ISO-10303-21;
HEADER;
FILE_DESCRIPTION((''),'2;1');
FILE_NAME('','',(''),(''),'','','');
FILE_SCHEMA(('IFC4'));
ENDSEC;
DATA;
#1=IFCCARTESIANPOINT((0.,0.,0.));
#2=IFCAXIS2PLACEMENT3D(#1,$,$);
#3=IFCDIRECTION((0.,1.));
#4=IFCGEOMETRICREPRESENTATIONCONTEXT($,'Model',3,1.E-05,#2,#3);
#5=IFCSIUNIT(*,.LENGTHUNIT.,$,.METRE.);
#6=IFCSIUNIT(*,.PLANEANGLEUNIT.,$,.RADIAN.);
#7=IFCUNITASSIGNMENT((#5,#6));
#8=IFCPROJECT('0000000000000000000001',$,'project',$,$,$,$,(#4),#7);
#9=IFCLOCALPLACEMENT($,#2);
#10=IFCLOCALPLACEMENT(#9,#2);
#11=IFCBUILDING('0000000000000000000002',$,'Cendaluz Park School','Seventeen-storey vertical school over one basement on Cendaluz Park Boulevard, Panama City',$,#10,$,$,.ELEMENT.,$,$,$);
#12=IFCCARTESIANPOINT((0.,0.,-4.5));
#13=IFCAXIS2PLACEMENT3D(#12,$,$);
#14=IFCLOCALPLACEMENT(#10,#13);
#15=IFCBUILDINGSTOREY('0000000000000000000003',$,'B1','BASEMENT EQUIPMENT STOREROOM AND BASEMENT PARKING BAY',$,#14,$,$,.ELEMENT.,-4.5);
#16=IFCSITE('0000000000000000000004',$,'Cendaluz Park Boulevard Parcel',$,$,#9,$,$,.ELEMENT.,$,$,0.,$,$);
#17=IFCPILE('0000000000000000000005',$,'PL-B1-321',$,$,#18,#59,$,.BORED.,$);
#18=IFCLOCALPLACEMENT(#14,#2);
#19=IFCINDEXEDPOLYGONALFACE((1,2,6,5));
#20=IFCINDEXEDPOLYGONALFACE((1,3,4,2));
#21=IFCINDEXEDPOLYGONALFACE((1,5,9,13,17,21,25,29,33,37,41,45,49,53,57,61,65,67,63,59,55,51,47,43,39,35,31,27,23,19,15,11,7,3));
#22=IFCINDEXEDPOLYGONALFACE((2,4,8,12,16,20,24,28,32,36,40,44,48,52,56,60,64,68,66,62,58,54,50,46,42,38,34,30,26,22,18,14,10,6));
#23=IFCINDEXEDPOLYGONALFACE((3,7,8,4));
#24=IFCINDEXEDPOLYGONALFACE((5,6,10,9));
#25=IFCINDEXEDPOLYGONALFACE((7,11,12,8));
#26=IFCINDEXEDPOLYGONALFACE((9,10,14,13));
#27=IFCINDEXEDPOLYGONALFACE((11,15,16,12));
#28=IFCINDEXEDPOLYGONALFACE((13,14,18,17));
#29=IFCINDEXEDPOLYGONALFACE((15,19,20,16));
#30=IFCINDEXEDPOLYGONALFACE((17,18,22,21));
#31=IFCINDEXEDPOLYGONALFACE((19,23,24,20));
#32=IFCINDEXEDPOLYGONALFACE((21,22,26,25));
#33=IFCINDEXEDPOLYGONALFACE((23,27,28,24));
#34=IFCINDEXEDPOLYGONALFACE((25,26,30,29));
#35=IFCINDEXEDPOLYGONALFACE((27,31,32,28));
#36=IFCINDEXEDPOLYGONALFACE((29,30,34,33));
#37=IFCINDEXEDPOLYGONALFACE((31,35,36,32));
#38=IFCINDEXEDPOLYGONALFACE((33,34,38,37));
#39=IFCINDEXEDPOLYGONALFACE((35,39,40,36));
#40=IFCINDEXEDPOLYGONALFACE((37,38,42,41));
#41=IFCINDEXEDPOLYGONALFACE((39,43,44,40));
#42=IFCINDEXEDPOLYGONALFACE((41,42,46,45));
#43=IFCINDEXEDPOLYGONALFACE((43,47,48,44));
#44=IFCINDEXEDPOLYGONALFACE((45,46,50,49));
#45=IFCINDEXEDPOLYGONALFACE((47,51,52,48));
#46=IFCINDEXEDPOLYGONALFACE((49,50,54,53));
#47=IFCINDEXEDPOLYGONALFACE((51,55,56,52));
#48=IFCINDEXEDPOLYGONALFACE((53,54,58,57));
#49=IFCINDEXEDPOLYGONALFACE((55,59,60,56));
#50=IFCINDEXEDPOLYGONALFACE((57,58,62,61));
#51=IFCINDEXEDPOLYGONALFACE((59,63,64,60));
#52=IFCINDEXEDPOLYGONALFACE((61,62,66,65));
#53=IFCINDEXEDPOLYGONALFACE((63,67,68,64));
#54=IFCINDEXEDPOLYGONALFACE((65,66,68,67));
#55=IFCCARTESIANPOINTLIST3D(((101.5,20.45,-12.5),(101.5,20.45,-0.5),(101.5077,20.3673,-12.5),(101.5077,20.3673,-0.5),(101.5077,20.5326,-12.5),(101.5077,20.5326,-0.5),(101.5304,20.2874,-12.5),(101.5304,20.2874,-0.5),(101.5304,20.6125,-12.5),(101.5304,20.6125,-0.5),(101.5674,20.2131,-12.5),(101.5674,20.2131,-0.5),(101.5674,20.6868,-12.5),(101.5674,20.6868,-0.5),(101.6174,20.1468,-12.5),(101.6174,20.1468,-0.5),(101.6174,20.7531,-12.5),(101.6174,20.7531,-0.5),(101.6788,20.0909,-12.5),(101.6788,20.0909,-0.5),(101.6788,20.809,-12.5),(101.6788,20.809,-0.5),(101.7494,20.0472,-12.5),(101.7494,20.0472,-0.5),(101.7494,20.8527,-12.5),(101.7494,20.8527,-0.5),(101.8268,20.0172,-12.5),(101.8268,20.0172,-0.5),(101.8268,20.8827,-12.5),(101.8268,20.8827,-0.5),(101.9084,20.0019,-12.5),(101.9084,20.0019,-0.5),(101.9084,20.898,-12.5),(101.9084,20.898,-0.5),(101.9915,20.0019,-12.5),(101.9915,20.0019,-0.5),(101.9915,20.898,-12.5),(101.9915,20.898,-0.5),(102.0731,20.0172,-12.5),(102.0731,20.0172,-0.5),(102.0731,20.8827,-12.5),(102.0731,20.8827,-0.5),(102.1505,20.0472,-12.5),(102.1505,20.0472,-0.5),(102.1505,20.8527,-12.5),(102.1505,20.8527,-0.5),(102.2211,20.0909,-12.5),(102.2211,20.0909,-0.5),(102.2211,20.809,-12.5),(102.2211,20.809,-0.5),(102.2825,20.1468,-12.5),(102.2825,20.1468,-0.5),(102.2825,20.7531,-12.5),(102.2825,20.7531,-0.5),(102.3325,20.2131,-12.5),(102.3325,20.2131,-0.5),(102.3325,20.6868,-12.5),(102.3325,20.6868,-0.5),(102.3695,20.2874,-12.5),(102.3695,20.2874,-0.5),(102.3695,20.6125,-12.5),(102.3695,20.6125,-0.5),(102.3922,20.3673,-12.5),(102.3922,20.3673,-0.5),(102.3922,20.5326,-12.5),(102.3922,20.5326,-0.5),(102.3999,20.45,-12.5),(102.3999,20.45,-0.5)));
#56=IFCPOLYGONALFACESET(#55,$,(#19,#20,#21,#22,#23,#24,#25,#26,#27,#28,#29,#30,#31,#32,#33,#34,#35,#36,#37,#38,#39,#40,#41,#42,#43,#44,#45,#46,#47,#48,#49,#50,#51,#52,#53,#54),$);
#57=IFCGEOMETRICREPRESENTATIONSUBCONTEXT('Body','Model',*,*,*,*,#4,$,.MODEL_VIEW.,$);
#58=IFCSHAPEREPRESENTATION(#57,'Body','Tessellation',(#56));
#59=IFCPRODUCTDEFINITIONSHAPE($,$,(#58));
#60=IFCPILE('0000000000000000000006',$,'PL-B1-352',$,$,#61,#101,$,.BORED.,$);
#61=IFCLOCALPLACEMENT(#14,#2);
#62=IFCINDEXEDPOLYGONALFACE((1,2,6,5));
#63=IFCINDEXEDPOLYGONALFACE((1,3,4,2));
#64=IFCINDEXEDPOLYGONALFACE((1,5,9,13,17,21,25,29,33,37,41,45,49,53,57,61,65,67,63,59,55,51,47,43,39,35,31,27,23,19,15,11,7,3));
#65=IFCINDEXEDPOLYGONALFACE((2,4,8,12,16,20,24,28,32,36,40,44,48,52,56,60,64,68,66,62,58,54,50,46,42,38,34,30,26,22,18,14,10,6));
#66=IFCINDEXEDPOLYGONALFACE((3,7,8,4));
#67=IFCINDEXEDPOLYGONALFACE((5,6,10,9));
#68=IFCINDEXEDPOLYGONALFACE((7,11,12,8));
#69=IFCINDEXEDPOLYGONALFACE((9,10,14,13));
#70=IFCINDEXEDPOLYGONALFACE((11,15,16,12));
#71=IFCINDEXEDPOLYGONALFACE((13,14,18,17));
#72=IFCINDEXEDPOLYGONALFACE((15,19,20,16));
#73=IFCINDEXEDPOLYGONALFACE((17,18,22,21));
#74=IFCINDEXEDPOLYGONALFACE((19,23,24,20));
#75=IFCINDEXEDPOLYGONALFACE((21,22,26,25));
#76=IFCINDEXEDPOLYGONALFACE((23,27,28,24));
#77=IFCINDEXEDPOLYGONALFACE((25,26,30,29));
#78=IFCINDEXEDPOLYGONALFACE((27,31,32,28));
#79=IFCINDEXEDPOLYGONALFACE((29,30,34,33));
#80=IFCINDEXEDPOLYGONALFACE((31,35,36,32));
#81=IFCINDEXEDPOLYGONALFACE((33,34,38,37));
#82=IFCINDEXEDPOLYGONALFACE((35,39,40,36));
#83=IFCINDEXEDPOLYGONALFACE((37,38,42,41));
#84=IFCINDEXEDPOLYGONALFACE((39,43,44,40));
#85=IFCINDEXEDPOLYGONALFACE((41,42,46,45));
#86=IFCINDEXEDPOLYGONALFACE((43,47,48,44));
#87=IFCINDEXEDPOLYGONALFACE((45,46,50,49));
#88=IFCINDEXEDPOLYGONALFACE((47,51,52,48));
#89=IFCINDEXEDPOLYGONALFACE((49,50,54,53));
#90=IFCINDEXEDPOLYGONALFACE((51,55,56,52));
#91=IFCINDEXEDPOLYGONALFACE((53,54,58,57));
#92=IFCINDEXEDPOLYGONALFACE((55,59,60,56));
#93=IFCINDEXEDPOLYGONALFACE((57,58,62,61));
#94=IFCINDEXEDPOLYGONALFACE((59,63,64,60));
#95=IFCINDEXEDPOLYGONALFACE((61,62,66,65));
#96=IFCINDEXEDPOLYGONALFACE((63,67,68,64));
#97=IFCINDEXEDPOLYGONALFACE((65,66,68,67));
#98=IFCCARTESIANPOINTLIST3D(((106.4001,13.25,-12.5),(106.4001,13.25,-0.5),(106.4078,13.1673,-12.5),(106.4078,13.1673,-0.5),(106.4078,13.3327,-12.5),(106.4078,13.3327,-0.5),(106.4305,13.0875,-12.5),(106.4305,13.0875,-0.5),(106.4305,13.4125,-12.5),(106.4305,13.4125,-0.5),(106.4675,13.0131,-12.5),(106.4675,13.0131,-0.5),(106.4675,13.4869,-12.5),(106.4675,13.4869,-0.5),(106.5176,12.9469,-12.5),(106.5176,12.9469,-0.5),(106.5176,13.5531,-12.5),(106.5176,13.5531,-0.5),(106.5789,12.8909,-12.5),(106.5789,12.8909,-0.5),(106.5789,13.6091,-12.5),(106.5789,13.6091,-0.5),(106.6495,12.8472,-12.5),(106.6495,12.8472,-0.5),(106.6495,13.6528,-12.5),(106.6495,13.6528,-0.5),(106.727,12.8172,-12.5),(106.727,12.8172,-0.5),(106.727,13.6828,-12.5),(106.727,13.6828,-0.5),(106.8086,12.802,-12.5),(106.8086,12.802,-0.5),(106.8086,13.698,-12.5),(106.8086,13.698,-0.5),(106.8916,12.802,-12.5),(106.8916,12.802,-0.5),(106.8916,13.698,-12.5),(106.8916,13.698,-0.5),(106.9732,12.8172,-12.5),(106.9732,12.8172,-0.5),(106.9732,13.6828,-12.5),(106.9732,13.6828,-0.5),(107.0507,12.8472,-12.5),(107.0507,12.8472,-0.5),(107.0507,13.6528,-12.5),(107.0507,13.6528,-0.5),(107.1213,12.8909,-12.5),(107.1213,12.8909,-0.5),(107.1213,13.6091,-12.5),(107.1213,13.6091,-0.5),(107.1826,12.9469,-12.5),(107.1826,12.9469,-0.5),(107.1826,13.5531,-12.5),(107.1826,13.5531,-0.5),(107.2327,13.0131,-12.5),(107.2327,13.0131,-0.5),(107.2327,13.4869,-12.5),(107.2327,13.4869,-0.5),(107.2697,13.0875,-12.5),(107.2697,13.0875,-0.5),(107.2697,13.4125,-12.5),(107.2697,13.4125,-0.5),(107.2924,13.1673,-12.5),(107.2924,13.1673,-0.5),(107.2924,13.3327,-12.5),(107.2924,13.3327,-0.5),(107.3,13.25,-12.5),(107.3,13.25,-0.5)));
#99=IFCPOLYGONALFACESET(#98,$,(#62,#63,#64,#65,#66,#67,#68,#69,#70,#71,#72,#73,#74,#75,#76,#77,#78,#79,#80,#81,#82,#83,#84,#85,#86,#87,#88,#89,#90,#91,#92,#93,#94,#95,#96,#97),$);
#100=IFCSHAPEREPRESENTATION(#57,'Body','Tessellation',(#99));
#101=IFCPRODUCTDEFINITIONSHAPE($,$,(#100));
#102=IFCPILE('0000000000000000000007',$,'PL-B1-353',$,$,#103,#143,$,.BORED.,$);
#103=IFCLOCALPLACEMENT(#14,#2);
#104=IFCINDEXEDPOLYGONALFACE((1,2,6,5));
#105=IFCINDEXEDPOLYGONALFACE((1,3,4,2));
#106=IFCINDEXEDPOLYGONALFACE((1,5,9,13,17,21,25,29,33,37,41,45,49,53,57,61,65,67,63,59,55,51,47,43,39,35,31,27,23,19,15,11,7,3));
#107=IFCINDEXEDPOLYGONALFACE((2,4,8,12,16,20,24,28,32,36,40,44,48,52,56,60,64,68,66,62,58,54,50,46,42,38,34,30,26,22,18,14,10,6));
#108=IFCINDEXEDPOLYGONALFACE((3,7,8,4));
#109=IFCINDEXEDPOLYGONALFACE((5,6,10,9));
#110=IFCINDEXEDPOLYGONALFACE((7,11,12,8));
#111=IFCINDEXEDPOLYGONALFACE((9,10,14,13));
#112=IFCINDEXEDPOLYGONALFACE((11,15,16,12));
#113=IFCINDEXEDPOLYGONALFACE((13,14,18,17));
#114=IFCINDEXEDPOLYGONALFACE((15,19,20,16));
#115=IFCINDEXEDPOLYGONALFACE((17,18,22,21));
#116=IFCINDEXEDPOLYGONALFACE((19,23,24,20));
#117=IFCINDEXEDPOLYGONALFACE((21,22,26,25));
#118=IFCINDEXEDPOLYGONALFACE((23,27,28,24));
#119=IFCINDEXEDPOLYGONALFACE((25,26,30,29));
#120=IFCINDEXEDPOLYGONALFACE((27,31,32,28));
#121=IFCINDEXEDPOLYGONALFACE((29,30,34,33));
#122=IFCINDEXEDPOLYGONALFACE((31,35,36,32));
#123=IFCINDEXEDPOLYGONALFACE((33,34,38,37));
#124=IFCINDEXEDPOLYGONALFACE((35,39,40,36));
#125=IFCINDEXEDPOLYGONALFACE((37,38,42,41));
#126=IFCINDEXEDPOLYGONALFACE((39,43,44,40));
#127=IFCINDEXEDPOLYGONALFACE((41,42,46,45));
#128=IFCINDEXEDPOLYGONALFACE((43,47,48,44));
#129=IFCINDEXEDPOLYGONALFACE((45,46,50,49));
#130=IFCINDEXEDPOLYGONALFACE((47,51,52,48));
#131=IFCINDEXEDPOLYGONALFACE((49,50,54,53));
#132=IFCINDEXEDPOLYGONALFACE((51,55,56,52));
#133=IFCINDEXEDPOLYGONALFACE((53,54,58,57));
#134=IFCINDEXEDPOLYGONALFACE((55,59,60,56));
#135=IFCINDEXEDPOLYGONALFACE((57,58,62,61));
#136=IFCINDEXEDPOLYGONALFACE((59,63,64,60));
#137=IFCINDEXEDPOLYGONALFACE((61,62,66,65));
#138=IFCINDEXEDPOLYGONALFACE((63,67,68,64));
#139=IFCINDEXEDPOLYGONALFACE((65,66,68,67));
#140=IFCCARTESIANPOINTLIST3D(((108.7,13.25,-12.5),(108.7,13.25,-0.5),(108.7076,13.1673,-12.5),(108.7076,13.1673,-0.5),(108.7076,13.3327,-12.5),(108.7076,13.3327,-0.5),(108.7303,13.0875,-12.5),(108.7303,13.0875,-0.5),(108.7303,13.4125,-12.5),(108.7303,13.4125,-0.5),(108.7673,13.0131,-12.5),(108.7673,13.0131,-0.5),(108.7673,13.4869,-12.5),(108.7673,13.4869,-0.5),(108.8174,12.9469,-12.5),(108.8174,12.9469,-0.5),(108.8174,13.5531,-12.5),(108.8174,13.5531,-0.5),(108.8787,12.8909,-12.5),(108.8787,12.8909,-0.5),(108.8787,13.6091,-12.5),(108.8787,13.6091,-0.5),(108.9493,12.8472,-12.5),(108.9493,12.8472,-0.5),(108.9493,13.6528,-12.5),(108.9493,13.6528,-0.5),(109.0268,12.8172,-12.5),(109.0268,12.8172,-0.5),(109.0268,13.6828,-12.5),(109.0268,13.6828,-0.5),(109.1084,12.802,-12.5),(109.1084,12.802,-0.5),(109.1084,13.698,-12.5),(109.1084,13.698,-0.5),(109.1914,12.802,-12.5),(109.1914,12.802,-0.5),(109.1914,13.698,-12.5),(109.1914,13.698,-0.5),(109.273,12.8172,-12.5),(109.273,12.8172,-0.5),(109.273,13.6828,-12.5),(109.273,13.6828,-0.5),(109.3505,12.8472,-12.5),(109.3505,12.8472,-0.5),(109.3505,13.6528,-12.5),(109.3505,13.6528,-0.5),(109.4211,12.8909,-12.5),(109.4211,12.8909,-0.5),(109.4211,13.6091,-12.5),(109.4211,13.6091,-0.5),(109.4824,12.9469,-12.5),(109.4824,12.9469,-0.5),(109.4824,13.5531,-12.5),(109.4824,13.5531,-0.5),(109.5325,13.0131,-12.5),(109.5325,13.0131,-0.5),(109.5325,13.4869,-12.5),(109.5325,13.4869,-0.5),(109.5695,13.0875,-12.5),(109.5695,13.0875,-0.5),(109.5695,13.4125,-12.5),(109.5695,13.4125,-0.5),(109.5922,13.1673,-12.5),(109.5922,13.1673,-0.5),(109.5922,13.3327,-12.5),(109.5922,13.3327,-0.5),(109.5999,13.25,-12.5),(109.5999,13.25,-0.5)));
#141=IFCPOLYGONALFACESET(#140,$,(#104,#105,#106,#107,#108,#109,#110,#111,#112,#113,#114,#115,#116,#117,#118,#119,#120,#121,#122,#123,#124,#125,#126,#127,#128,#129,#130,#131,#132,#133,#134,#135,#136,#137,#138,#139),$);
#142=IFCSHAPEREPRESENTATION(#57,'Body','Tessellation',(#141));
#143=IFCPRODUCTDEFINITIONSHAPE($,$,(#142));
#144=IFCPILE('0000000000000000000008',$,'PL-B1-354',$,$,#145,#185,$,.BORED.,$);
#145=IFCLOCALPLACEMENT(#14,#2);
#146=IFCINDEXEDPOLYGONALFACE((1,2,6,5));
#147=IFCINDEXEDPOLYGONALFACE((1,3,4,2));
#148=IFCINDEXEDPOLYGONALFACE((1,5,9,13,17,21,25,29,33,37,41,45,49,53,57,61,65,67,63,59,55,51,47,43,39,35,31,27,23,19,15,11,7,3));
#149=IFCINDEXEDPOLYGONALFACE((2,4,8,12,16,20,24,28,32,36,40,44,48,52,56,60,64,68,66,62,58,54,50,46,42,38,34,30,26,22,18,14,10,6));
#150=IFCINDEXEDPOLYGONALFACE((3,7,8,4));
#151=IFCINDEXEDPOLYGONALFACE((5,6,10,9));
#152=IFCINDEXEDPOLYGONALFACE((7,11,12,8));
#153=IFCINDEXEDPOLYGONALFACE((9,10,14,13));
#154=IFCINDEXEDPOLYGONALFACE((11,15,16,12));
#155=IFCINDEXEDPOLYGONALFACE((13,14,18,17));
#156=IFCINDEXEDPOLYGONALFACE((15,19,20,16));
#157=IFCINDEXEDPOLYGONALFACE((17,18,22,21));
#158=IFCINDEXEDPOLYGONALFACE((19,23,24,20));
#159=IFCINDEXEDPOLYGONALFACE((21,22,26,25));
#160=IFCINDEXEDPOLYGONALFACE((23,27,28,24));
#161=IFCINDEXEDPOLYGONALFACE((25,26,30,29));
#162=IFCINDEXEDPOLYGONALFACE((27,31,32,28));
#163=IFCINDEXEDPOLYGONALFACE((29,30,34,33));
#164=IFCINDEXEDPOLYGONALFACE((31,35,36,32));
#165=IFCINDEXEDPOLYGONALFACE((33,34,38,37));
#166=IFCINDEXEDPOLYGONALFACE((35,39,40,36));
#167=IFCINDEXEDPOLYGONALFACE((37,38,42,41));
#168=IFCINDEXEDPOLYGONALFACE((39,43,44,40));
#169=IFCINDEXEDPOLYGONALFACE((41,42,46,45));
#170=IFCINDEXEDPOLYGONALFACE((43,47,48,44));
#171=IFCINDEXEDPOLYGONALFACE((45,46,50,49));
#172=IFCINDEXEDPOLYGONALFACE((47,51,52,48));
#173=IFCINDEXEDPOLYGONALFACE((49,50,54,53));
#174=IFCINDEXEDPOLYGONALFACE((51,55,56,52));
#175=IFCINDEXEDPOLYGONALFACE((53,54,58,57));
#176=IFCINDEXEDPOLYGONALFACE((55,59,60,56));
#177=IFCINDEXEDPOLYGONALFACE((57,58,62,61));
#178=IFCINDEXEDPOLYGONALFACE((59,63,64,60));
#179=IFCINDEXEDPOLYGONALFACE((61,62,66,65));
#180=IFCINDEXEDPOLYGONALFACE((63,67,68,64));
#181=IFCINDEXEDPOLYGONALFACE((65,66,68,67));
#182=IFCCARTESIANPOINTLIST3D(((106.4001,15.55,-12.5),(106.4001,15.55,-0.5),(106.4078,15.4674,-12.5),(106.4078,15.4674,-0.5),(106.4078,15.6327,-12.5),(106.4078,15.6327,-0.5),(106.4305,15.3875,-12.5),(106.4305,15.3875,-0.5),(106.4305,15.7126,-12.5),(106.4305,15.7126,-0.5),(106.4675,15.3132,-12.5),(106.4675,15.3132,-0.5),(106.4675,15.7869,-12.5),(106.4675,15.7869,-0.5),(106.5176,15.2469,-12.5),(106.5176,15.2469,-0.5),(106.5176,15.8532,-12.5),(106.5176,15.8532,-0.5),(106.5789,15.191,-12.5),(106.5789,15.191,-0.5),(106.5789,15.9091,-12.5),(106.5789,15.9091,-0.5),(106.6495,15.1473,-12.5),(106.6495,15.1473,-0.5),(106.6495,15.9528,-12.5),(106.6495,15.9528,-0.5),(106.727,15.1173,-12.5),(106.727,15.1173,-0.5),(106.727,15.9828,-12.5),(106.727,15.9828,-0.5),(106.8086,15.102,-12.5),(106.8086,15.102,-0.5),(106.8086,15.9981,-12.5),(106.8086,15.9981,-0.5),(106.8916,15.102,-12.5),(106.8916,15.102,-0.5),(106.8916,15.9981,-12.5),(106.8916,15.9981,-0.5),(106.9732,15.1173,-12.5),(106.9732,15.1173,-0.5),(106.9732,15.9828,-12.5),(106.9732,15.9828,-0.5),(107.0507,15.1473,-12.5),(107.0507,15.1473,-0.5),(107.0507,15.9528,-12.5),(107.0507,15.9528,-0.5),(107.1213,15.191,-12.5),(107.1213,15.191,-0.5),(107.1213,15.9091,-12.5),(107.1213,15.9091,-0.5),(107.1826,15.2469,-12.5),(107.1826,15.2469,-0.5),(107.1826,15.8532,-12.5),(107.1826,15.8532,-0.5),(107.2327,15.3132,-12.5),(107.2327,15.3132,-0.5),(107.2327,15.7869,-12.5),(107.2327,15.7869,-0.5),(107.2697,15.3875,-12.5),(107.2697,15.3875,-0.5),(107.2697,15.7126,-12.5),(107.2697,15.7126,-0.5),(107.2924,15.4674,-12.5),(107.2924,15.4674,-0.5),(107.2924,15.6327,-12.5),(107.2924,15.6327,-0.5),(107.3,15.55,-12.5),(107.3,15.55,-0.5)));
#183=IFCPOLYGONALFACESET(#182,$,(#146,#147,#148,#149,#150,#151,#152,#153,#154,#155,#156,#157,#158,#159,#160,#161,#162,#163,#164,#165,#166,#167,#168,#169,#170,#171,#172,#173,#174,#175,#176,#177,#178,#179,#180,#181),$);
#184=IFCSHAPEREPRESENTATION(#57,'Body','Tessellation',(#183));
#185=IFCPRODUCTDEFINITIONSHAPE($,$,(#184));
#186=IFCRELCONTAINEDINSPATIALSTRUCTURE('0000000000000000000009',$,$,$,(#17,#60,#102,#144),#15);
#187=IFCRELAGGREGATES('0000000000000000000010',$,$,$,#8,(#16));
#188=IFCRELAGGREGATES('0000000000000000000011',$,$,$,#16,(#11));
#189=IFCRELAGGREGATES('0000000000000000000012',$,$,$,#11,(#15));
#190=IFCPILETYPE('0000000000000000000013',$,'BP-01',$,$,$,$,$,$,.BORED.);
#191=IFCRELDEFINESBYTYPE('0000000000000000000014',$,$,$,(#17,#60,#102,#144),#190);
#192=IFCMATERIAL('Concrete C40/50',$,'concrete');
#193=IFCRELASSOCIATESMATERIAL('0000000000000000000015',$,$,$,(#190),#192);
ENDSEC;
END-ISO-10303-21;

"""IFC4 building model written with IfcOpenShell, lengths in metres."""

from ifc_helpers import new_model, si_unit, direction, frame, origin, origin_2d, place, context, subcontext, project, spatial, circle, extrude, material, material_profile, profile_set, type_object, element, save


model = new_model("IFC4")

# Units and contexts
model_context = context("Model", 3, precision=1e-05, world=origin(), true_north=direction((0.0, 1.0)))
body_context = subcontext(model_context, "Body", "Model", "MODEL_VIEW")
ifc_project = project(units=[si_unit("LENGTHUNIT", "METRE"), si_unit("PLANEANGLEUNIT", "RADIAN")], contexts=[model_context])

# Site, building, storey
site_placement = place(None, origin())
site = spatial("IfcSite", under=ifc_project, at=site_placement, Name="Cendaluz Park Boulevard Parcel", CompositionType="ELEMENT", RefElevation=0.0)
building_placement = place(site_placement, origin())
building = spatial("IfcBuilding", under=site, at=building_placement, Name="Cendaluz Park School", Description="Seventeen-storey vertical school over one basement on Cendaluz Park Boulevard, Panama City", CompositionType="ELEMENT")
storey_placement = place(building_placement, frame((0.0, 0.0, -4.5)))
storey = spatial("IfcBuildingStorey", under=building, at=storey_placement, Name="B1", Description="BASEMENT EQUIPMENT STOREROOM AND BASEMENT PARKING BAY", CompositionType="ELEMENT", Elevation=-4.5)

# Piles
ifc_material_1 = material(Name="Concrete C40/50", Category="concrete")
ifc_material_profile_1 = material_profile(ifc_material_1, circle(Radius=0.45, at=origin_2d()), Name="BP D900", Category="concrete")
ifc_profile_set_1 = profile_set([ifc_material_profile_1], Name="Concrete C40/50")
pile_type = type_object("IfcPileType", Name="BP-01", PredefinedType="BORED", material=ifc_profile_set_1)
for number, where, z_axis, x_axis, name in (
    (1, (101.95, 20.45, -0.5), (0.0, 0.0, -1.0), (1.0, 0.0, 0.0), "PL-B1-321"),
    (2, (106.8501, 13.25, -0.5), (0.0, 0.0, -1.0), (1.0, 0.0, 0.0), "PL-B1-352"),
    (3, (109.1499, 13.25, -0.5), (0.0, 0.0, -1.0), (1.0, 0.0, 0.0), "PL-B1-353"),
    (4, (106.8501, 15.55, -0.5), (0.0, 0.0, -1.0), (1.0, 0.0, 0.0), "PL-B1-354"),
):
    element("IfcPile", number, at=place(storey_placement, frame(where, z_axis=z_axis, x_axis=x_axis)), inside=storey, type_object=pile_type, Name=name, PredefinedType="BORED", context=body_context, shape_type="SweptSolid", body=[
        extrude(circle(Radius=0.45, at=origin_2d()), origin(), (0.0, 0.0, 1.0), 12.0),
    ])

save(model, "model.ifc")
